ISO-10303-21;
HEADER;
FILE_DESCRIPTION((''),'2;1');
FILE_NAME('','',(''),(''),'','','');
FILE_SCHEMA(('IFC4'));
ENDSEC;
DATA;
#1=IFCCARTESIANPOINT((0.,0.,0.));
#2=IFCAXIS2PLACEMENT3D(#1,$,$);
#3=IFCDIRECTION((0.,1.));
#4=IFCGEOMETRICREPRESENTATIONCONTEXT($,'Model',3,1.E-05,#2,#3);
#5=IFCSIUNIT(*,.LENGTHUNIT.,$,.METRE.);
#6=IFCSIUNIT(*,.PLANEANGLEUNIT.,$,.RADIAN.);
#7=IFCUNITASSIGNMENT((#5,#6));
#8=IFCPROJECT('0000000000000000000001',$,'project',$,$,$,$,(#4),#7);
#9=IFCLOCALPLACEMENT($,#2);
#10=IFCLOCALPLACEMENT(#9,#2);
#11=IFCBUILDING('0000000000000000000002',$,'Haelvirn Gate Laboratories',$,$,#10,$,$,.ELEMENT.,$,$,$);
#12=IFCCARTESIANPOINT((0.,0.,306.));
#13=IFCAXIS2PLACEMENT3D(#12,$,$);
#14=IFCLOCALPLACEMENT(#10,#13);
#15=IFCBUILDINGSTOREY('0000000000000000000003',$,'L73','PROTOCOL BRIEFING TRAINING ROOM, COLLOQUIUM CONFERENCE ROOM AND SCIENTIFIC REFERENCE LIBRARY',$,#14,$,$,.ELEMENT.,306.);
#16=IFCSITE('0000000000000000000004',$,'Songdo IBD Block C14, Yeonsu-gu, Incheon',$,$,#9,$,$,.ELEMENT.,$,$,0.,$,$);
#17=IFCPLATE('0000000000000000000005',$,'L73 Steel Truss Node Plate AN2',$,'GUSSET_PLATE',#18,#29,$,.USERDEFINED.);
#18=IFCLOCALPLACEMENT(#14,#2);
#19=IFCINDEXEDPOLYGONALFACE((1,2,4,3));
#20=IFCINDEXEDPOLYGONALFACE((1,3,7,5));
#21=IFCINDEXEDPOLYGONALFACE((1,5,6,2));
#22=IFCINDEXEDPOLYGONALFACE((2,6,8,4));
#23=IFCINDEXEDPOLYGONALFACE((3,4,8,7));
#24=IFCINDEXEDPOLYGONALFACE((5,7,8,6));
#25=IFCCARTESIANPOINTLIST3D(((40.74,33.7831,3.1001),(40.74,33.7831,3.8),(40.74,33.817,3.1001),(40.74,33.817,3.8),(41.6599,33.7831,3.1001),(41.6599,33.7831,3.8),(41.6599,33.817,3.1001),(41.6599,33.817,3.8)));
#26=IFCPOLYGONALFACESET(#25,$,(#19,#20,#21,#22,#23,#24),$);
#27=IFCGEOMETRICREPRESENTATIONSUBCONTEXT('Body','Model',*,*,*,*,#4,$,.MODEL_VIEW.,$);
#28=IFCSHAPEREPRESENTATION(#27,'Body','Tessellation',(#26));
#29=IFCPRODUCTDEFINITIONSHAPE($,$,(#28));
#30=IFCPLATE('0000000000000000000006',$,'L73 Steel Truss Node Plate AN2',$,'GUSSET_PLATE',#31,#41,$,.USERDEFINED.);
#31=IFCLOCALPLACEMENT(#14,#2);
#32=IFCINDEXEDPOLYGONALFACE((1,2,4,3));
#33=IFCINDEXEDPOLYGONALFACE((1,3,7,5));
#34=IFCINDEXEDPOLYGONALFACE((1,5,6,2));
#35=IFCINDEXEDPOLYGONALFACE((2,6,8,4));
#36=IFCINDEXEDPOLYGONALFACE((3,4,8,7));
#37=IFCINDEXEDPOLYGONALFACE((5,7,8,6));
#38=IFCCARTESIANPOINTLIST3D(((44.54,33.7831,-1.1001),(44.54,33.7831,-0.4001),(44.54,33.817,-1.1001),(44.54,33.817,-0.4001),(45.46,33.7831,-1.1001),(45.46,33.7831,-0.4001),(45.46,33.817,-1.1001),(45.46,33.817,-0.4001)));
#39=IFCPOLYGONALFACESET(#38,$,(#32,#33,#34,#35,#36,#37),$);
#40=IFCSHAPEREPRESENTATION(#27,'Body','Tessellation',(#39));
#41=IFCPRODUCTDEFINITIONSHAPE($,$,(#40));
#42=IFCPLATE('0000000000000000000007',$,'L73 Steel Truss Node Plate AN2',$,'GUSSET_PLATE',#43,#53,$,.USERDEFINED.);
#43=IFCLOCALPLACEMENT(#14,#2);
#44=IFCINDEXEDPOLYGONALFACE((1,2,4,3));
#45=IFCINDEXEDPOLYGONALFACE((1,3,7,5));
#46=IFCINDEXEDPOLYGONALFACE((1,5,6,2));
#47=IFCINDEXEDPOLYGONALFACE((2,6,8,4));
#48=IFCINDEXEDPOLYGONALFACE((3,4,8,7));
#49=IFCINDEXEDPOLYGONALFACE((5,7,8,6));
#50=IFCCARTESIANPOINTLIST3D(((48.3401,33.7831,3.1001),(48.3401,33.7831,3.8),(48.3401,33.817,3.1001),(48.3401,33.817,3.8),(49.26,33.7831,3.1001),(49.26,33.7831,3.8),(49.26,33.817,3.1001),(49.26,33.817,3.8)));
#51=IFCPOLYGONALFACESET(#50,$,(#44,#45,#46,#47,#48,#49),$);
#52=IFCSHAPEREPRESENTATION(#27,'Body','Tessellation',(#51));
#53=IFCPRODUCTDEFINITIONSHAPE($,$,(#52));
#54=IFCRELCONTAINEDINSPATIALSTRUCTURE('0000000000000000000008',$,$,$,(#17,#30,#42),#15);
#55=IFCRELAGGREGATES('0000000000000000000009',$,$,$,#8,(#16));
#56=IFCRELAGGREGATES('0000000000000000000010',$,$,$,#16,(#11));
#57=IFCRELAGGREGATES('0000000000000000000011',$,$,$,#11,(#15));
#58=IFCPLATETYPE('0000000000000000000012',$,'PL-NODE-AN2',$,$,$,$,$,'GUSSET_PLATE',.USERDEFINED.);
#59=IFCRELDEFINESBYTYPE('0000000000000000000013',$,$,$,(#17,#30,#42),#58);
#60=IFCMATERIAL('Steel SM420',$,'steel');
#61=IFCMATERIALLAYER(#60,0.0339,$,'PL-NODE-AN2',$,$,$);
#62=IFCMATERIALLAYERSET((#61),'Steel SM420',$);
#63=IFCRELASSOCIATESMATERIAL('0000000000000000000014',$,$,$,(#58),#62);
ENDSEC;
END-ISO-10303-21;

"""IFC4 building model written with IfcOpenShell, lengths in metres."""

from ifc_helpers import new_model, si_unit, direction, frame, origin, origin_2d, place, context, subcontext, project, spatial, rectangle, extrude, source, transform, mapped, material, layer, layer_set, type_object, type_shapes, element, save


model = new_model("IFC4")

# Units and contexts
model_context = context("Model", 3, precision=1e-05, world=origin(), true_north=direction((0.0, 1.0)))
body_context = subcontext(model_context, "Body", "Model", "MODEL_VIEW")
ifc_project = project(units=[si_unit("LENGTHUNIT", "METRE"), si_unit("PLANEANGLEUNIT", "RADIAN")], contexts=[model_context])

# Site, building, storey
site_placement = place(None, origin())
site = spatial("IfcSite", under=ifc_project, at=site_placement, Name="Songdo IBD Block C14, Yeonsu-gu, Incheon", CompositionType="ELEMENT", RefElevation=0.0)
building_placement = place(site_placement, origin())
building = spatial("IfcBuilding", under=site, at=building_placement, Name="Haelvirn Gate Laboratories", CompositionType="ELEMENT")
storey_placement = place(building_placement, frame((0.0, 0.0, 306.0)))
storey = spatial("IfcBuildingStorey", under=building, at=storey_placement, Name="L73", Description="PROTOCOL BRIEFING TRAINING ROOM, COLLOQUIUM CONFERENCE ROOM AND SCIENTIFIC REFERENCE LIBRARY", CompositionType="ELEMENT", Elevation=306.0)

# Shared definitions
ifc_material_1 = material(Name="Steel SM420", Category="steel")

# Plates
ifc_layer = layer(ifc_material_1, 0.0339, Name="PL-NODE-AN2")
ifc_layer_set = layer_set([ifc_layer], Name="Steel SM420")
plate_type = type_object("IfcPlateType", Name="PL-NODE-AN2", ElementType="GUSSET_PLATE", PredefinedType="USERDEFINED", material=ifc_layer_set)
shared_shape_1 = source(origin(), body_context, "Body", "SweptSolid", [
    extrude(rectangle(XDim=0.9199, YDim=0.0339, at=origin_2d()), origin(), (0.0, 0.0, 1.0), 0.7),
])
type_shapes(plate_type, [shared_shape_1])
for number, where, z_axis, x_axis, name in (
    (1, (41.2, 33.8, 3.1001), (0.0, 0.0, 1.0), (1.0, 0.0, 0.0), "L73 Steel Truss Node Plate AN2"),
    (2, (45.0, 33.8, -1.1001), (0.0, 0.0, 1.0), (1.0, 0.0, 0.0), "L73 Steel Truss Node Plate AN2"),
    (3, (48.8, 33.8, 3.1001), (0.0, 0.0, 1.0), (1.0, 0.0, 0.0), "L73 Steel Truss Node Plate AN2"),
):
    element("IfcPlate", number, at=place(storey_placement, frame(where, z_axis=z_axis, x_axis=x_axis)), inside=storey, type_object=plate_type, Name=name, ObjectType="GUSSET_PLATE", PredefinedType="USERDEFINED", context=body_context, shape_type="MappedRepresentation", body=[
        mapped(shared_shape_1, transform((0.0, 0.0, 0.0), scale=1.0)),
    ])

save(model, "model.ifc")
